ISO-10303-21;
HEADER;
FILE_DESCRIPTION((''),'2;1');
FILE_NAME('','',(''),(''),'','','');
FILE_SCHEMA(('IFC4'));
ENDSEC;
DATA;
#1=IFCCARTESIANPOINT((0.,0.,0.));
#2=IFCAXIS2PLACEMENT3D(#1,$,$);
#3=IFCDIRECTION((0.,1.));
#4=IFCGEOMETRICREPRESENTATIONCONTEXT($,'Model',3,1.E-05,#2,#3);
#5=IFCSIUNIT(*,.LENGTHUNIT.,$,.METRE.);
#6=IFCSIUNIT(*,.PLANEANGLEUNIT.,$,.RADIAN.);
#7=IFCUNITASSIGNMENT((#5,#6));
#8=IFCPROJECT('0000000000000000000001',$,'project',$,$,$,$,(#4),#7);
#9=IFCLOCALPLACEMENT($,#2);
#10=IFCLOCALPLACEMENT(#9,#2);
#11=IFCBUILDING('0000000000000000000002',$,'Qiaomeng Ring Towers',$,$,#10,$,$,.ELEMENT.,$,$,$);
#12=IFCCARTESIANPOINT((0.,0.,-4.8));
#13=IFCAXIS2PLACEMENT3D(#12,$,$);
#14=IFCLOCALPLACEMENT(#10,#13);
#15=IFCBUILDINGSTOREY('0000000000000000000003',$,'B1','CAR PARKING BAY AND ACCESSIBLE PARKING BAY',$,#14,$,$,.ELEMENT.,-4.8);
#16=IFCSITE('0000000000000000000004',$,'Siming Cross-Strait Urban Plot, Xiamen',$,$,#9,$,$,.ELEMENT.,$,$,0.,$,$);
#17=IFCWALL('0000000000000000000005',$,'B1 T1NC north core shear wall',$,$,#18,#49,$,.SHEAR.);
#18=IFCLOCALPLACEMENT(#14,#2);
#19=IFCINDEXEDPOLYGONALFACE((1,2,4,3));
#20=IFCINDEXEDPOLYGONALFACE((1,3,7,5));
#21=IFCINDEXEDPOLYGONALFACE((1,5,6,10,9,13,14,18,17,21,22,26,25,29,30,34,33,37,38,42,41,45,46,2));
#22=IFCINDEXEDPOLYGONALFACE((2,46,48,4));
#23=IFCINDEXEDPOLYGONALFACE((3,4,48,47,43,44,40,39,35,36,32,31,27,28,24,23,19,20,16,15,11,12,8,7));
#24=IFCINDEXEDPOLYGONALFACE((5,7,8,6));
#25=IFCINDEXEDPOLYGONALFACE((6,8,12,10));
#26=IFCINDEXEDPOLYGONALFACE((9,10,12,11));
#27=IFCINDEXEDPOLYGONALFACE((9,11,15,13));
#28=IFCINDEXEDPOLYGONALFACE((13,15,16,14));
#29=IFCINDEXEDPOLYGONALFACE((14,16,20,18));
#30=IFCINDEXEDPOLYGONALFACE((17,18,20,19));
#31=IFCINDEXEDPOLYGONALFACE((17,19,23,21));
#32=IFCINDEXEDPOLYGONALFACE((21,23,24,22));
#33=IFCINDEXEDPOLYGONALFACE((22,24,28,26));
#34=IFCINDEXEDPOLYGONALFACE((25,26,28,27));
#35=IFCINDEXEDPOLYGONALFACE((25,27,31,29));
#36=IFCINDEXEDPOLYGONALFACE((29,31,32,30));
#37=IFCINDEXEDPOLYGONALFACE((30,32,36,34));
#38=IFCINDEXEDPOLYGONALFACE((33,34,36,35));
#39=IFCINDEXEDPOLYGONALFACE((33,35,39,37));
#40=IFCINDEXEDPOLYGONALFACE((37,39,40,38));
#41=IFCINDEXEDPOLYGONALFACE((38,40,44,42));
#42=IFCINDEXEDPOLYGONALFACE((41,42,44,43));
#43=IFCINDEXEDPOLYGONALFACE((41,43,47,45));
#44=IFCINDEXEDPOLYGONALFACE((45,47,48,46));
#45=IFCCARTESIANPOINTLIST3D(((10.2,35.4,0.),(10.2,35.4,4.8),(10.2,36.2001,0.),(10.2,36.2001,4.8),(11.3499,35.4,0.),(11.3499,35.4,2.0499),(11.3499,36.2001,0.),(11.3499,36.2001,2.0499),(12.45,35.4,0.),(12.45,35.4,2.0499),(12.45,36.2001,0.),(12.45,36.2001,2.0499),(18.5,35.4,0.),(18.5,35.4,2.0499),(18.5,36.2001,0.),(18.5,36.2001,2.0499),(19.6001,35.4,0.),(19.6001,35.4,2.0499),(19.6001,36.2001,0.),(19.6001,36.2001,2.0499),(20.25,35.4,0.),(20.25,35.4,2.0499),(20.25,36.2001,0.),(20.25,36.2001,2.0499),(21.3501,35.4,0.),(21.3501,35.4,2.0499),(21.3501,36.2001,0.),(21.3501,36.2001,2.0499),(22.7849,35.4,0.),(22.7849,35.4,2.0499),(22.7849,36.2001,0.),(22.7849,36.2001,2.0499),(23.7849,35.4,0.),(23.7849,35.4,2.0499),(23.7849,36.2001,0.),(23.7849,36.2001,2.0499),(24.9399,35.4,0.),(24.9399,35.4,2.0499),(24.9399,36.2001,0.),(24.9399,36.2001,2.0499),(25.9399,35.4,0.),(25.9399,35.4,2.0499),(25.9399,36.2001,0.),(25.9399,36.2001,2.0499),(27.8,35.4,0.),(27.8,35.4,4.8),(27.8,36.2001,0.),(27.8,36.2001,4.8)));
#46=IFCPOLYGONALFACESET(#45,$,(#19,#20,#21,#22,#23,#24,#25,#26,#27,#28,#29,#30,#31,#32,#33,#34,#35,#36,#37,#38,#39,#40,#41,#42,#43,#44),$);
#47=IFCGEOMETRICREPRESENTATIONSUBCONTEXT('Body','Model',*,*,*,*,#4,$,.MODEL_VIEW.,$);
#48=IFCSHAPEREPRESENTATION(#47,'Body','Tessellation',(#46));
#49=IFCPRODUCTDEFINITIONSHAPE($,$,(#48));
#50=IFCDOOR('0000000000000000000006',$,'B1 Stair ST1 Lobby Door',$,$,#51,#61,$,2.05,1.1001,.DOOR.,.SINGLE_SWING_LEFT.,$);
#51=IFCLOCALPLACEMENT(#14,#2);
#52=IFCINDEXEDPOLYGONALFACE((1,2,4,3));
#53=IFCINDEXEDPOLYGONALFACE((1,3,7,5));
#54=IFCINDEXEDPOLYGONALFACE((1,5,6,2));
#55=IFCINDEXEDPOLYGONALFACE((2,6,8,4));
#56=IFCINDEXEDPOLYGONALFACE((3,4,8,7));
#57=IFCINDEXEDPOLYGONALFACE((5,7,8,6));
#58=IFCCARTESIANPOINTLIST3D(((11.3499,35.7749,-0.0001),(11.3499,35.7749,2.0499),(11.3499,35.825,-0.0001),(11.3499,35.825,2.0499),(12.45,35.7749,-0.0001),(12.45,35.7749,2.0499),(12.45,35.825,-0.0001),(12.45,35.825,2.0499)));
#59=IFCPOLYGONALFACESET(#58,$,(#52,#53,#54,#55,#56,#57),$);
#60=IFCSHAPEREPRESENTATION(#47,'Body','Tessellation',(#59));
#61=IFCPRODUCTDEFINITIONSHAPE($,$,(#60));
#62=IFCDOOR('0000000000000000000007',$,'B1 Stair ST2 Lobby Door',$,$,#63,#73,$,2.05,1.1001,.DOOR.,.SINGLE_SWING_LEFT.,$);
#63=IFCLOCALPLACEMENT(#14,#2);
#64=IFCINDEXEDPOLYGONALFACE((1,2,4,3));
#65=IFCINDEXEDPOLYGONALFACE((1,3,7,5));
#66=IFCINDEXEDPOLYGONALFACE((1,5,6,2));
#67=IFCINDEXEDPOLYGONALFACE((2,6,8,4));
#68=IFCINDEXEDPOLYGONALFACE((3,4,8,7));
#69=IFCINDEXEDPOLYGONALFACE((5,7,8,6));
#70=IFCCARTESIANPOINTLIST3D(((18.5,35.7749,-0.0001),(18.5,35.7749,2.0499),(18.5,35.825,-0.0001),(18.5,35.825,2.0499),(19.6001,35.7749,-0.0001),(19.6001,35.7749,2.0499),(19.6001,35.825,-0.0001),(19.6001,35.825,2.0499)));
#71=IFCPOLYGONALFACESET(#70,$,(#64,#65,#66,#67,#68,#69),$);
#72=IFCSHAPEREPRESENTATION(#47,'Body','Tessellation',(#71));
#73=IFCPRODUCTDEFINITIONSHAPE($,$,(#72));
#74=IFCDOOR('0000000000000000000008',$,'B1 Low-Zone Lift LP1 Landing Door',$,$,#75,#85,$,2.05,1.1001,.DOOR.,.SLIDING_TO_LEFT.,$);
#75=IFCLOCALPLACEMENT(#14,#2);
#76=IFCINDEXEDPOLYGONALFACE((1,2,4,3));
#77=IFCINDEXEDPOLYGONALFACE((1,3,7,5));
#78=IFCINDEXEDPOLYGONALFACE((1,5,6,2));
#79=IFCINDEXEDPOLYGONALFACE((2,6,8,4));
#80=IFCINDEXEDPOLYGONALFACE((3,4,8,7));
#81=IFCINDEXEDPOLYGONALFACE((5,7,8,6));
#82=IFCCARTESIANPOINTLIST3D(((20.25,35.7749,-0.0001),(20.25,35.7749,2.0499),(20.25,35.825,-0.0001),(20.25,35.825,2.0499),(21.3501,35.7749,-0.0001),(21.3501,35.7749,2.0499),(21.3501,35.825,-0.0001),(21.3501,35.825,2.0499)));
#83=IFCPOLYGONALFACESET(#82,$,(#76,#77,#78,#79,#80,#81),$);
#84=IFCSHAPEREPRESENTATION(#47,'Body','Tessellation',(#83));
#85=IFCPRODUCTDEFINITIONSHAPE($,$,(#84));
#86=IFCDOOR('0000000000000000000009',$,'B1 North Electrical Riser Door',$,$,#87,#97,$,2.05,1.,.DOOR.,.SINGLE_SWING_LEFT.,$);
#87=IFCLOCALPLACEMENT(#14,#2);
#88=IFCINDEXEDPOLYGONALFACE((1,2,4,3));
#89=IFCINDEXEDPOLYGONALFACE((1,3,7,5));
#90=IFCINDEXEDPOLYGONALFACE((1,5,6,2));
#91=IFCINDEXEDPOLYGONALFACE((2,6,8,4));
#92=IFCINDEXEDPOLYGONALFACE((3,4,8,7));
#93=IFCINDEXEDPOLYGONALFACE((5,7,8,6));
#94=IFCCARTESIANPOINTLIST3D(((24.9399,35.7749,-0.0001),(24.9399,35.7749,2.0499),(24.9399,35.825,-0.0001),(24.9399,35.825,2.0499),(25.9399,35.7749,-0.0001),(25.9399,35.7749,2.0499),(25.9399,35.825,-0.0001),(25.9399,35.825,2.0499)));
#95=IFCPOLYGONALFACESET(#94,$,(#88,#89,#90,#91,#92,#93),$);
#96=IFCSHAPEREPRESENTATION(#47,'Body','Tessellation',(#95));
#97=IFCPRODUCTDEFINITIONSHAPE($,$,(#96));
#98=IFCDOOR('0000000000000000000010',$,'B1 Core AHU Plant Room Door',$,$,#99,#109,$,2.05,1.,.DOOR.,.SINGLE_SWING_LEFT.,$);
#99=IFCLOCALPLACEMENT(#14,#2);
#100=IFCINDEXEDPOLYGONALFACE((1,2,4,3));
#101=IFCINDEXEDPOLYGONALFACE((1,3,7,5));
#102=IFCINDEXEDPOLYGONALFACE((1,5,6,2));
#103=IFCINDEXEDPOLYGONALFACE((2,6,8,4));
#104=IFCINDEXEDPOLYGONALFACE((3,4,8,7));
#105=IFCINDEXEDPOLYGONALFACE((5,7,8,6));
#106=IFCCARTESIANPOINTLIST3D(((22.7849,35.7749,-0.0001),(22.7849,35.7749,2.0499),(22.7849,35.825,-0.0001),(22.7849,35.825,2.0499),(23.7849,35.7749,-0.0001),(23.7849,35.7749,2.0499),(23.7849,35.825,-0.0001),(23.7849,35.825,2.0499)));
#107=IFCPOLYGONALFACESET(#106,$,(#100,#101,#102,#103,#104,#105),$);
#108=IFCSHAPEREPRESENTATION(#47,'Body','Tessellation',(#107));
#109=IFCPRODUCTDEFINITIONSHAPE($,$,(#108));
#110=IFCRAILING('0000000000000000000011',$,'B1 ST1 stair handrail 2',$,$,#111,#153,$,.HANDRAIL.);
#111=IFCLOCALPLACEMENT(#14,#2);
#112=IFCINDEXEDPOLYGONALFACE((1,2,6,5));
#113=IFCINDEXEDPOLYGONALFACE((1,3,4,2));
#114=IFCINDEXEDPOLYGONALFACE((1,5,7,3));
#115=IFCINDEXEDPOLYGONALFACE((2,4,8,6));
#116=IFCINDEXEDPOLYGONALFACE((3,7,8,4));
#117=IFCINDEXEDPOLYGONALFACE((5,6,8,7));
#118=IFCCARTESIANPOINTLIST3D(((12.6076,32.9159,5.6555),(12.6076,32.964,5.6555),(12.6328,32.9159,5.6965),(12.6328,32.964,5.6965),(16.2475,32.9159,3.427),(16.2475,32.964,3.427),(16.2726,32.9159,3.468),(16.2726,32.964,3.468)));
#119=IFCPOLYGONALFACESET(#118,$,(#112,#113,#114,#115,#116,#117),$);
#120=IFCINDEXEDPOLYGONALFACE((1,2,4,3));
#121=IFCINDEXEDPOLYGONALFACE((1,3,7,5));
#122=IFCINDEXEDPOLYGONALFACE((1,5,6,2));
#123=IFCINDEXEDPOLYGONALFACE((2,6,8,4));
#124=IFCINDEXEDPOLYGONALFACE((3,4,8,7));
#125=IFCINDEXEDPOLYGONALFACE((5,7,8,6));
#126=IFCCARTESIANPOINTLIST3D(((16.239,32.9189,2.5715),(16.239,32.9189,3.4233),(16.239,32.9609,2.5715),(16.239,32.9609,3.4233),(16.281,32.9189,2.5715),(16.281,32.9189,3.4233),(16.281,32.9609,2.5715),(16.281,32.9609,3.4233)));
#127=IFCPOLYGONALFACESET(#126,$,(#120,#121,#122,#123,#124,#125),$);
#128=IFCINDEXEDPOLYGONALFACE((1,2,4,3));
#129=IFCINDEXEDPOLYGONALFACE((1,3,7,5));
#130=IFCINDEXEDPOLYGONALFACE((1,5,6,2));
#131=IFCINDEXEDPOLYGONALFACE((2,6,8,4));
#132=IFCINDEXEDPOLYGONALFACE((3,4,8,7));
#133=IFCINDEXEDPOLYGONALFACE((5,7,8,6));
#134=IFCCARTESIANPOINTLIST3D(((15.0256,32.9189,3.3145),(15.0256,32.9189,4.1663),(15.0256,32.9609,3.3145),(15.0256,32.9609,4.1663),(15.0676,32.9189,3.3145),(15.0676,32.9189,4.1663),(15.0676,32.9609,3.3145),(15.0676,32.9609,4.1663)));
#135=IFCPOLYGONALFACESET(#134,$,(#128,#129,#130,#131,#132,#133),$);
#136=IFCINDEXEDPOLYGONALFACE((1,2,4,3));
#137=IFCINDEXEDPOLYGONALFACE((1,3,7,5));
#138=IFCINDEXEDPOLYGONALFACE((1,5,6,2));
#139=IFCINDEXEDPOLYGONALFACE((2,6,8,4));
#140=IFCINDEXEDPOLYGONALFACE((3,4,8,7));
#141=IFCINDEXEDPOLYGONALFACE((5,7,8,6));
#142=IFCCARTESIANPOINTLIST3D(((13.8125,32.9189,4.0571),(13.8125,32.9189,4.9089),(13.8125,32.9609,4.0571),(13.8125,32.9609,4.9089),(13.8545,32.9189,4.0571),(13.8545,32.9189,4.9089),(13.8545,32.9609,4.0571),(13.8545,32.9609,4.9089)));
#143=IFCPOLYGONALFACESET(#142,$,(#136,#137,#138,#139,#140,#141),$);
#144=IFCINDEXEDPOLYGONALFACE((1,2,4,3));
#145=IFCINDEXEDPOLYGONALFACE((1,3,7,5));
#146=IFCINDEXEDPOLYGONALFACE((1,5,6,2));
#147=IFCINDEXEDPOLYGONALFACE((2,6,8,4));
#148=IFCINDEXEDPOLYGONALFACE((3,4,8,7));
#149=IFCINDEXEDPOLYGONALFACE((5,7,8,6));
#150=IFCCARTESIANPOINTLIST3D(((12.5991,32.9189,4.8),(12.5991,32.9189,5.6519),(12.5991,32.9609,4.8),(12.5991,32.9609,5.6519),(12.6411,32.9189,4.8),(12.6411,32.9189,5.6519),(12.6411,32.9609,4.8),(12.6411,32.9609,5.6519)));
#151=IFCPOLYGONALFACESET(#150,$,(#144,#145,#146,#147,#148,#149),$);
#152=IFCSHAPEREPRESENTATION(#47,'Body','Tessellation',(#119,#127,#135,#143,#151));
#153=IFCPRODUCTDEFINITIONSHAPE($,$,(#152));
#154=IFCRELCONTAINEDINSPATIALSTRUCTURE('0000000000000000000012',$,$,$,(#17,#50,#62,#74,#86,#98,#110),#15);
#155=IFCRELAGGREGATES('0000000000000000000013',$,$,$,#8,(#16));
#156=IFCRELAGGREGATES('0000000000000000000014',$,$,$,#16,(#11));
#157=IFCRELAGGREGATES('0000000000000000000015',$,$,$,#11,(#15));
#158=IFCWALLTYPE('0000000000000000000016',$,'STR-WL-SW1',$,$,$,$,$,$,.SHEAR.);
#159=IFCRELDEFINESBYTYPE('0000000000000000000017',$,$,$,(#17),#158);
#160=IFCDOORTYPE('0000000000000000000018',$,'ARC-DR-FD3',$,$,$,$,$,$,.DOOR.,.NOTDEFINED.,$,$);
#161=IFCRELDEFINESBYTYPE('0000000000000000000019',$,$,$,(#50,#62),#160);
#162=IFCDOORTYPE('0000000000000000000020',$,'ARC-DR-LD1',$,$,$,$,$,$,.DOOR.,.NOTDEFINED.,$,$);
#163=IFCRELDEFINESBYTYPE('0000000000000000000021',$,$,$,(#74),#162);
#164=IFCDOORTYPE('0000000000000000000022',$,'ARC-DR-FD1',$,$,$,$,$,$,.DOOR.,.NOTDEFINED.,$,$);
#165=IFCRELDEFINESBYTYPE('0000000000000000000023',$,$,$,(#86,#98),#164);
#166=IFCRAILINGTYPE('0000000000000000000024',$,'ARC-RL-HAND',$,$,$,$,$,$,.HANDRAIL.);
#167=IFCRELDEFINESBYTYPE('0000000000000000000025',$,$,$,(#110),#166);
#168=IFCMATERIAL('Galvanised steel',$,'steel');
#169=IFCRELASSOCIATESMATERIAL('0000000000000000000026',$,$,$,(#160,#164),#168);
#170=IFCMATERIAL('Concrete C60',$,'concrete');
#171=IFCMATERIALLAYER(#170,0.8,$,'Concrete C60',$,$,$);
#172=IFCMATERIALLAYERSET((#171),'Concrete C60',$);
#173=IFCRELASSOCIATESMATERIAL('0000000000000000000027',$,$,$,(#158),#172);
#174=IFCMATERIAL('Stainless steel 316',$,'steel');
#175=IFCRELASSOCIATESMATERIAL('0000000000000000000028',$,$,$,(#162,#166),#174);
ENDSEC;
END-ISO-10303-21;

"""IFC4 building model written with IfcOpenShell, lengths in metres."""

from ifc_helpers import new_model, si_unit, direction, frame, frame_2d, origin, origin_2d, place, context, subcontext, project, spatial, rectangle, extrude, source, transform, mapped, material, layer, layer_set, type_object, element, fill, save


model = new_model("IFC4")

# Units and contexts
model_context = context("Model", 3, precision=1e-05, world=origin(), true_north=direction((0.0, 1.0)))
body_context = subcontext(model_context, "Body", "Model", "MODEL_VIEW")
ifc_project = project(units=[si_unit("LENGTHUNIT", "METRE"), si_unit("PLANEANGLEUNIT", "RADIAN")], contexts=[model_context])

# Site, building, storey
site_placement = place(None, origin())
site = spatial("IfcSite", under=ifc_project, at=site_placement, Name="Siming Cross-Strait Urban Plot, Xiamen", CompositionType="ELEMENT", RefElevation=0.0)
building_placement = place(site_placement, origin())
building = spatial("IfcBuilding", under=site, at=building_placement, Name="Qiaomeng Ring Towers", CompositionType="ELEMENT")
storey_placement = place(building_placement, frame((0.0, 0.0, -4.8)))
storey = spatial("IfcBuildingStorey", under=building, at=storey_placement, Name="B1", Description="CAR PARKING BAY AND ACCESSIBLE PARKING BAY", CompositionType="ELEMENT", Elevation=-4.8)

# Shared definitions
ifc_material_1 = material(Name="Concrete C60", Category="concrete")

# Shared definitions
ifc_material_2 = material(Name="Galvanised steel", Category="steel")
door_type_1 = type_object("IfcDoorType", Name="ARC-DR-FD3", OperationType="NOTDEFINED", PredefinedType="DOOR", material=ifc_material_2)
shared_shape_1 = source(origin(), body_context, "Body", "SweptSolid", [
    extrude(rectangle(XDim=1.1001, YDim=2.05, at=frame_2d((0.55, 1.0249))), frame((0.0, 0.0249, 0.0), z_axis=(0.0, -1.0, 0.0), x_axis=(1.0, 0.0, 0.0)), (0.0, 0.0, 1.0), 0.05),
])

# Wall, openings, doors
ifc_layer_1 = layer(ifc_material_1, 0.8, Name="Concrete C60")
ifc_layer_set_1 = layer_set([ifc_layer_1], Name="Concrete C60")
wall_type_1 = type_object("IfcWallType", Name="STR-WL-SW1", PredefinedType="SHEAR", material=ifc_layer_set_1)
wall_1_placement = place(storey_placement, frame((10.2, 35.8, 0.0), z_axis=(0.0, 0.0, 1.0), x_axis=(1.0, 0.0, 0.0)))
wall_1 = element("IfcWall", 1, at=wall_1_placement, inside=storey, type_object=wall_type_1, Name="B1 T1NC north core shear wall", PredefinedType="SHEAR", context=body_context, shape_type="SweptSolid", body=[
    extrude(rectangle(XDim=17.6001, YDim=0.8, at=frame_2d((8.8, 0.0))), origin(), (0.0, 0.0, 1.0), 4.8),
])
opening_1_placement = place(wall_1_placement, frame((1.1499, 0.0, 0.0)))
opening_1 = element("IfcOpeningElement", 2, at=opening_1_placement, cuts=wall_1, PredefinedType="OPENING", context=body_context, shape_type="SweptSolid", body=[
    extrude(rectangle(XDim=1.1001, YDim=2.05, at=frame_2d((0.55, 1.0249))), frame((0.0, 0.4099, 0.0), z_axis=(0.0, -1.0, 0.0), x_axis=(1.0, 0.0, 0.0)), (0.0, 0.0, 1.0), 0.8201),
])
opening_2_placement = place(wall_1_placement, frame((8.3, 0.0, 0.0)))
opening_2 = element("IfcOpeningElement", 3, at=opening_2_placement, cuts=wall_1, PredefinedType="OPENING", context=body_context, shape_type="SweptSolid", body=[
    extrude(rectangle(XDim=1.1001, YDim=2.05, at=frame_2d((0.55, 1.0249))), frame((0.0, 0.4099, 0.0), z_axis=(0.0, -1.0, 0.0), x_axis=(1.0, 0.0, 0.0)), (0.0, 0.0, 1.0), 0.8201),
])
opening_3_placement = place(wall_1_placement, frame((10.05, 0.0, 0.0)))
opening_3 = element("IfcOpeningElement", 4, at=opening_3_placement, cuts=wall_1, PredefinedType="OPENING", context=body_context, shape_type="SweptSolid", body=[
    extrude(rectangle(XDim=1.1001, YDim=2.05, at=frame_2d((0.55, 1.0249))), frame((0.0, 0.4099, 0.0), z_axis=(0.0, -1.0, 0.0), x_axis=(1.0, 0.0, 0.0)), (0.0, 0.0, 1.0), 0.8201),
])
opening_4_placement = place(wall_1_placement, frame((14.74, 0.0, 0.0)))
opening_4 = element("IfcOpeningElement", 5, at=opening_4_placement, cuts=wall_1, PredefinedType="OPENING", context=body_context, shape_type="SweptSolid", body=[
    extrude(rectangle(XDim=1.0, YDim=2.05, at=frame_2d((0.5, 1.0249))), frame((0.0, 0.4099, 0.0), z_axis=(0.0, -1.0, 0.0), x_axis=(1.0, 0.0, 0.0)), (0.0, 0.0, 1.0), 0.8201),
])
opening_5_placement = place(wall_1_placement, frame((12.585, 0.0, 0.0)))
opening_5 = element("IfcOpeningElement", 6, at=opening_5_placement, cuts=wall_1, PredefinedType="OPENING", context=body_context, shape_type="SweptSolid", body=[
    extrude(rectangle(XDim=1.0, YDim=2.05, at=frame_2d((0.5, 1.0249))), frame((0.0, 0.4099, 0.0), z_axis=(0.0, -1.0, 0.0), x_axis=(1.0, 0.0, 0.0)), (0.0, 0.0, 1.0), 0.8201),
])
door_1_placement = place(opening_1_placement, origin())
door_1 = element("IfcDoor", 7, at=door_1_placement, inside=storey, type_object=door_type_1, Name="B1 Stair ST1 Lobby Door", OperationType="SINGLE_SWING_LEFT", OverallHeight=2.05, OverallWidth=1.1001, PredefinedType="DOOR", context=body_context, shape_type="MappedRepresentation", body=[
    mapped(shared_shape_1, transform((0.0, 0.0, 0.0), x_axis=(1.0, 0.0, 0.0), y_axis=(0.0, 1.0, 0.0), z_axis=(0.0, 0.0, 1.0), scale=1.0)),
])
fill(opening_1, door_1)
door_2_placement = place(opening_2_placement, origin())
door_2 = element("IfcDoor", 8, at=door_2_placement, inside=storey, type_object=door_type_1, Name="B1 Stair ST2 Lobby Door", OperationType="SINGLE_SWING_LEFT", OverallHeight=2.05, OverallWidth=1.1001, PredefinedType="DOOR", context=body_context, shape_type="MappedRepresentation", body=[
    mapped(shared_shape_1, transform((0.0, 0.0, 0.0), x_axis=(1.0, 0.0, 0.0), y_axis=(0.0, 1.0, 0.0), z_axis=(0.0, 0.0, 1.0), scale=1.0)),
])
fill(opening_2, door_2)
ifc_material_3 = material(Name="Stainless steel 316", Category="steel")
door_type_2 = type_object("IfcDoorType", Name="ARC-DR-LD1", OperationType="NOTDEFINED", PredefinedType="DOOR", material=ifc_material_3)
door_3_placement = place(opening_3_placement, origin())
door_3 = element("IfcDoor", 9, at=door_3_placement, inside=storey, type_object=door_type_2, Name="B1 Low-Zone Lift LP1 Landing Door", OperationType="SLIDING_TO_LEFT", OverallHeight=2.05, OverallWidth=1.1001, PredefinedType="DOOR", context=body_context, shape_type="MappedRepresentation", body=[
    mapped(shared_shape_1, transform((0.0, 0.0, 0.0), x_axis=(1.0, 0.0, 0.0), y_axis=(0.0, 1.0, 0.0), z_axis=(0.0, 0.0, 1.0), scale=1.0)),
])
fill(opening_3, door_3)
door_type_3 = type_object("IfcDoorType", Name="ARC-DR-FD1", OperationType="NOTDEFINED", PredefinedType="DOOR", material=ifc_material_2)
shared_shape_2 = source(origin(), body_context, "Body", "SweptSolid", [
    extrude(rectangle(XDim=1.0, YDim=2.05, at=frame_2d((0.5, 1.0249))), frame((0.0, 0.0249, 0.0), z_axis=(0.0, -1.0, 0.0), x_axis=(1.0, 0.0, 0.0)), (0.0, 0.0, 1.0), 0.05),
])
door_4_placement = place(opening_4_placement, origin())
door_4 = element("IfcDoor", 10, at=door_4_placement, inside=storey, type_object=door_type_3, Name="B1 North Electrical Riser Door", OperationType="SINGLE_SWING_LEFT", OverallHeight=2.05, OverallWidth=1.0, PredefinedType="DOOR", context=body_context, shape_type="MappedRepresentation", body=[
    mapped(shared_shape_2, transform((0.0, 0.0, 0.0), x_axis=(1.0, 0.0, 0.0), y_axis=(0.0, 1.0, 0.0), z_axis=(0.0, 0.0, 1.0), scale=1.0)),
])
fill(opening_4, door_4)
door_5_placement = place(opening_5_placement, origin())
door_5 = element("IfcDoor", 11, at=door_5_placement, inside=storey, type_object=door_type_3, Name="B1 Core AHU Plant Room Door", OperationType="SINGLE_SWING_LEFT", OverallHeight=2.05, OverallWidth=1.0, PredefinedType="DOOR", context=body_context, shape_type="MappedRepresentation", body=[
    mapped(shared_shape_2, transform((0.0, 0.0, 0.0), x_axis=(1.0, 0.0, 0.0), y_axis=(0.0, 1.0, 0.0), z_axis=(0.0, 0.0, 1.0), scale=1.0)),
])
fill(opening_5, door_5)

# Railing
railing_type = type_object("IfcRailingType", Name="ARC-RL-HAND", PredefinedType="HANDRAIL", material=ifc_material_3)
railing_placement = place(storey_placement, frame((16.26, 32.9399, 2.5715)))
element("IfcRailing", 12, at=railing_placement, inside=storey, type_object=railing_type, Name="B1 ST1 stair handrail 2", PredefinedType="HANDRAIL", context=body_context, shape_type="SweptSolid", body=[
    extrude(rectangle(XDim=0.0481, YDim=0.0481, at=origin_2d()), frame((0.0, 0.0, 0.876), z_axis=(-0.85285, 0.0, 0.522156), x_axis=(0.0, -1.0, 0.0)), (0.0, 0.0, 1.0), 4.2678),
    extrude(rectangle(XDim=0.042, YDim=0.042, at=origin_2d()), origin(), (0.0, 0.0, 1.0), 0.8518),
    extrude(rectangle(XDim=0.042, YDim=0.042, at=origin_2d()), frame((-1.2134, 0.0, 0.7429)), (0.0, 0.0, 1.0), 0.8518),
    extrude(rectangle(XDim=0.042, YDim=0.042, at=origin_2d()), frame((-2.4265, 0.0, 1.4856)), (0.0, 0.0, 1.0), 0.8518),
    extrude(rectangle(XDim=0.042, YDim=0.042, at=origin_2d()), frame((-3.6399, 0.0, 2.2285)), (0.0, 0.0, 1.0), 0.8518),
])

save(model, "model.ifc")
